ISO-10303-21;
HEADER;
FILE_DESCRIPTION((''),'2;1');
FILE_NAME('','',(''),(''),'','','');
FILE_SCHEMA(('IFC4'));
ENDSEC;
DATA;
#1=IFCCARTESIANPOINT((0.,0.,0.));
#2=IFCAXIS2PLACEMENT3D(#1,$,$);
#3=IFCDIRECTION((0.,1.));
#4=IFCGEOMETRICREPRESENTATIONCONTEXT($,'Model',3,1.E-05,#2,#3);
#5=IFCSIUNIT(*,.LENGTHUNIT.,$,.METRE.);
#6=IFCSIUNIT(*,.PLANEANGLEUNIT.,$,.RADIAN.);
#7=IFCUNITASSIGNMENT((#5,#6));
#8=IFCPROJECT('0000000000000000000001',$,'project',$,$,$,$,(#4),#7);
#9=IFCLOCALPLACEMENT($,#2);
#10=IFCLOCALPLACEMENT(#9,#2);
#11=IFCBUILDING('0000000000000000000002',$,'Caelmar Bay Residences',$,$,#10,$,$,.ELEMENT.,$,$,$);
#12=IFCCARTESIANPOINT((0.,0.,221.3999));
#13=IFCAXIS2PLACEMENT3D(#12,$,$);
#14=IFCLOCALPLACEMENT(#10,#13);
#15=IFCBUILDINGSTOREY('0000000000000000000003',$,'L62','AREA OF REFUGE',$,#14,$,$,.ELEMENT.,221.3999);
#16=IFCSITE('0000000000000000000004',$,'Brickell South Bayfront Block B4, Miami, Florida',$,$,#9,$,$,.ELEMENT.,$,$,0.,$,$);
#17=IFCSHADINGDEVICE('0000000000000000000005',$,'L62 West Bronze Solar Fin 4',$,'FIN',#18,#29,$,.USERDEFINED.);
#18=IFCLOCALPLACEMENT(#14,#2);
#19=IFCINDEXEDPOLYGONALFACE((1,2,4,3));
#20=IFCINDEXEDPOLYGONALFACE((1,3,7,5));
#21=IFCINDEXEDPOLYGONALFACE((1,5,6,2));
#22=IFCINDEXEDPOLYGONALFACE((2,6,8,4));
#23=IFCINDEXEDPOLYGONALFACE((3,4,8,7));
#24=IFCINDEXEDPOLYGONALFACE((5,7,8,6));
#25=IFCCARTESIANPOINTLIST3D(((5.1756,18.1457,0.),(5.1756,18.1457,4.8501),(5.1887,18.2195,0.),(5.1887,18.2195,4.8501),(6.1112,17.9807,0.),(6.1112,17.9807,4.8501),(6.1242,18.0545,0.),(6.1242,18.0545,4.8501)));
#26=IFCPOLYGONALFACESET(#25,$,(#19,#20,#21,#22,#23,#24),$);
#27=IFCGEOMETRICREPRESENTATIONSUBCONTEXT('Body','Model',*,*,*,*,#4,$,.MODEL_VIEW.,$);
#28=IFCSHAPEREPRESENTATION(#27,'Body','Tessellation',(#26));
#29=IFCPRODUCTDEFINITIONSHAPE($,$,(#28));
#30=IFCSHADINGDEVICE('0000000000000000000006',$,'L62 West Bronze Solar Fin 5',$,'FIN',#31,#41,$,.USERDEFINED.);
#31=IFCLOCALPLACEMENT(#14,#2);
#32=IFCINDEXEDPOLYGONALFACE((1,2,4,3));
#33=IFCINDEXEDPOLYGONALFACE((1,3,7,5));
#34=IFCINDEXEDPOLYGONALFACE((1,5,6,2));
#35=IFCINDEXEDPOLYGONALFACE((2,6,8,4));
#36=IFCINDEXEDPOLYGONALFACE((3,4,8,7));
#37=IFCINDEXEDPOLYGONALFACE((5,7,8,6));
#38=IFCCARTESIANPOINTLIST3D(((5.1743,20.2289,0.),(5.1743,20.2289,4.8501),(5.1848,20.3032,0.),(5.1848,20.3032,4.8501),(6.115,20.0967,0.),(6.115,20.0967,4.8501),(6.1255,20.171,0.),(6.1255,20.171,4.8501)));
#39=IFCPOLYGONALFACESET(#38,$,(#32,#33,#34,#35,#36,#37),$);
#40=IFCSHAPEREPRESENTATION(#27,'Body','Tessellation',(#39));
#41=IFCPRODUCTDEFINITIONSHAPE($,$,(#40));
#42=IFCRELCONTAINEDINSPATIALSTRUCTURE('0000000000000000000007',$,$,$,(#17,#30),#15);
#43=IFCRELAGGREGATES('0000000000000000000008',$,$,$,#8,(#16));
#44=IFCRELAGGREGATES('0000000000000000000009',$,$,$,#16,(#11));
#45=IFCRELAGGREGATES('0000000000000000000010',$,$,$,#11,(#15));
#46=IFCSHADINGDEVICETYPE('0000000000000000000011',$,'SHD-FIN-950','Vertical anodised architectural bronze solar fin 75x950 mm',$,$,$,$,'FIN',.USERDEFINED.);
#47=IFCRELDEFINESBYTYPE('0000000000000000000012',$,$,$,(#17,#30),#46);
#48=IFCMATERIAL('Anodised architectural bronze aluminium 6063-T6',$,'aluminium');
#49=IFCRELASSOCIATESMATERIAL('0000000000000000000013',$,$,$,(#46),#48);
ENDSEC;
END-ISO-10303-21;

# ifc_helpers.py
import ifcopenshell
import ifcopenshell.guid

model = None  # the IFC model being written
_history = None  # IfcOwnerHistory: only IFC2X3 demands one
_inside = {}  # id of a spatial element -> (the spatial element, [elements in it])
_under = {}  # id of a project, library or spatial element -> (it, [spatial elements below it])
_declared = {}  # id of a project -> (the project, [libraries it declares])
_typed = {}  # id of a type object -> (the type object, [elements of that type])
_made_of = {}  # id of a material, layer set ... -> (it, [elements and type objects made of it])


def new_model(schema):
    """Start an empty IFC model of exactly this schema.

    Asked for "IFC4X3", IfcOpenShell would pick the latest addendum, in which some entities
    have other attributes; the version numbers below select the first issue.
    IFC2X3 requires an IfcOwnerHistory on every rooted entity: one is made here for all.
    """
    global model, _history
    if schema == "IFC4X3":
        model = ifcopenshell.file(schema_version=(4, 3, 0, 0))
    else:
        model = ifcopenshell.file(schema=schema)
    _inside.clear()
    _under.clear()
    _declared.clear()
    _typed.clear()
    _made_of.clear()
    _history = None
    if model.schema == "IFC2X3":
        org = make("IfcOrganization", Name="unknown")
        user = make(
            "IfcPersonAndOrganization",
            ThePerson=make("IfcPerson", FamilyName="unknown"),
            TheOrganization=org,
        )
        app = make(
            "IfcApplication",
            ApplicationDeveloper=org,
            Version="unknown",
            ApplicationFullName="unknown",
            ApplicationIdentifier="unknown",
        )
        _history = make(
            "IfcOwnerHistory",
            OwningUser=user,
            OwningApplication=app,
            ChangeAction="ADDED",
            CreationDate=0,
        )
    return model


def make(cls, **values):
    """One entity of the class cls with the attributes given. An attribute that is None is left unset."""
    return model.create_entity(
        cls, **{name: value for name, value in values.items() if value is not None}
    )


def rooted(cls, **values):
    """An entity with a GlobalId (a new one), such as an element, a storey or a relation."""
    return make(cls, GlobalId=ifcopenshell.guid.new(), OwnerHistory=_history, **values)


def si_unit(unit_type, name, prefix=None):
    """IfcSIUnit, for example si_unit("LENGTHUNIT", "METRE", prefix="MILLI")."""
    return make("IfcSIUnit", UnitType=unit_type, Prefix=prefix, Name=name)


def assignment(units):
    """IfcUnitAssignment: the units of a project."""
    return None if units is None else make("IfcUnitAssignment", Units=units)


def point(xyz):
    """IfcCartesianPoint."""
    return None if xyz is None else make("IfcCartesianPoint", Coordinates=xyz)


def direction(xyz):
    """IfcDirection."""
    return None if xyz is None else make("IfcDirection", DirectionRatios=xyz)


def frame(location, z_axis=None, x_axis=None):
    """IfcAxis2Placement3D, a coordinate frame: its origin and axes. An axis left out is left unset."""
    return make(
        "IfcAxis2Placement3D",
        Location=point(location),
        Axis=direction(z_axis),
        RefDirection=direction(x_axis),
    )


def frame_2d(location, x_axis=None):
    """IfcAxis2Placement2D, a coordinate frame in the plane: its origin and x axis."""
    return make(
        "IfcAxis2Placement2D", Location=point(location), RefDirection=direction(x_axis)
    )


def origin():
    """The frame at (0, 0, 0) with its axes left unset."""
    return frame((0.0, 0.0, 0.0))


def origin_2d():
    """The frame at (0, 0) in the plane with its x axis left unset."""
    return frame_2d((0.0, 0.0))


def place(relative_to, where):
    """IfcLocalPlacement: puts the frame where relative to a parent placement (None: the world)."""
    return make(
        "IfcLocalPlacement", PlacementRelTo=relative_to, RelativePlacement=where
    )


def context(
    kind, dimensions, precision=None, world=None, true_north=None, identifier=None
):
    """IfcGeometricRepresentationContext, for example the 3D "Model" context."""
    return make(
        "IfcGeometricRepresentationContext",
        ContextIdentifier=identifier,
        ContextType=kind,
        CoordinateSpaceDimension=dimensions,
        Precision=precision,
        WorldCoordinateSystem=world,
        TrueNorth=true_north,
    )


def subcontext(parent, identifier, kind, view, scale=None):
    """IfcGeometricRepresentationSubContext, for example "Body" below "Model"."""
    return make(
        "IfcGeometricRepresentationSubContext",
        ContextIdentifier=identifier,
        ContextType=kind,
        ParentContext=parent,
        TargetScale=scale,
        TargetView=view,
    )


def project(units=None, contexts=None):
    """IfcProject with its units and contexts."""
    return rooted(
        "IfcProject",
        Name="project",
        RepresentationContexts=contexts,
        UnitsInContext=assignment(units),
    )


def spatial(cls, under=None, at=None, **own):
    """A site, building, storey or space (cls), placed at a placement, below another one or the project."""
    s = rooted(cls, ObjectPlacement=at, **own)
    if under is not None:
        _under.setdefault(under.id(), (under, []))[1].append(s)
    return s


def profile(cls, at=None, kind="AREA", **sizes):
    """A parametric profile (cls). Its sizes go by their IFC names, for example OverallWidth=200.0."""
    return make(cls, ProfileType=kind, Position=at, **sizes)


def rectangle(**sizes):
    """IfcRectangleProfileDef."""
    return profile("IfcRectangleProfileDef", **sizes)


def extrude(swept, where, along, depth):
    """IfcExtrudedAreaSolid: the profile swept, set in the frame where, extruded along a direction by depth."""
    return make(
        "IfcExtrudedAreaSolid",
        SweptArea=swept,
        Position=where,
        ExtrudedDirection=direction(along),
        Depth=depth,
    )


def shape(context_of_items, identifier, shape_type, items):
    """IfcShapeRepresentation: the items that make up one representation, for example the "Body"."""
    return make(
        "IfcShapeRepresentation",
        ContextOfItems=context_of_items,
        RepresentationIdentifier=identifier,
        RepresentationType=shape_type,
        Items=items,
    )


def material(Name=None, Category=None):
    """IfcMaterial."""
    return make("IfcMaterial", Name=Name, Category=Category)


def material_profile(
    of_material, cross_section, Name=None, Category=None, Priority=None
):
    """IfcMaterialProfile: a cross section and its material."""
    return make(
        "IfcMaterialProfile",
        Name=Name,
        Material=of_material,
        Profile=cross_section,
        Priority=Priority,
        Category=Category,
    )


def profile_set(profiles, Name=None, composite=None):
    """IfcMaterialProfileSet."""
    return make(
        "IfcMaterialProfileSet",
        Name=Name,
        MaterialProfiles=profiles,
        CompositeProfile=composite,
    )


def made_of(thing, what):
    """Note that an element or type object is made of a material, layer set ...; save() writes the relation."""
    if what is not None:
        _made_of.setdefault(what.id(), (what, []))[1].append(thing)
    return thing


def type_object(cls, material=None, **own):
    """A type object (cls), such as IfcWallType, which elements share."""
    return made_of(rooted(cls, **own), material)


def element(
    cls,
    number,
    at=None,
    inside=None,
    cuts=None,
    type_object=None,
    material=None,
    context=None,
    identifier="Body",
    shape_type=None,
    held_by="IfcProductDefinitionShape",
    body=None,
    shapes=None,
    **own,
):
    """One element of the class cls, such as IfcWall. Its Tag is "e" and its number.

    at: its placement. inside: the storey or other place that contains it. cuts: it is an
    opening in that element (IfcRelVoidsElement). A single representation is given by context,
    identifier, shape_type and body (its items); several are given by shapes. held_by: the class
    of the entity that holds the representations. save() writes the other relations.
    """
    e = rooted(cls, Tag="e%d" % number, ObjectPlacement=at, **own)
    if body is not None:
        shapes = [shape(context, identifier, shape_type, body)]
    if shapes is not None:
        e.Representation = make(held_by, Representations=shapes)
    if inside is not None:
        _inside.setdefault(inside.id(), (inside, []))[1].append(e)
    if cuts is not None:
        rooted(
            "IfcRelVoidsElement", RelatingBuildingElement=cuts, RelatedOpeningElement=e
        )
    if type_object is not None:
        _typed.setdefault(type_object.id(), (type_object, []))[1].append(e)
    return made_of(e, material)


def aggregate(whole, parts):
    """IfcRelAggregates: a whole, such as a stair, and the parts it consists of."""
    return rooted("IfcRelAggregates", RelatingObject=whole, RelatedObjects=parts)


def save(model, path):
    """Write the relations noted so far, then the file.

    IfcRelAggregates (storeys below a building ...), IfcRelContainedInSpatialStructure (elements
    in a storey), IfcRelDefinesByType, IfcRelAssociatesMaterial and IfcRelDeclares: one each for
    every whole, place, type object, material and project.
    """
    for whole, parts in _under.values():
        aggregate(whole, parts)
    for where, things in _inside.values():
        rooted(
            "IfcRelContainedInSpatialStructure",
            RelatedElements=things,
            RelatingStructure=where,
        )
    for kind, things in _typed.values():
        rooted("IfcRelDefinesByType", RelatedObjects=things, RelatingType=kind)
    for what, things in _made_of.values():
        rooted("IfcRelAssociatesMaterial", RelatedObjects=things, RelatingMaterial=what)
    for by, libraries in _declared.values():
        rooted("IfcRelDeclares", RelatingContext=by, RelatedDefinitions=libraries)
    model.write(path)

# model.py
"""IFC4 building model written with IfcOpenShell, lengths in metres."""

from ifc_helpers import new_model, si_unit, direction, frame, origin, origin_2d, place, context, subcontext, project, spatial, rectangle, extrude, material, material_profile, profile_set, type_object, element, save


model = new_model("IFC4")

# Units and contexts
model_context = context("Model", 3, precision=1e-05, world=origin(), true_north=direction((0.0, 1.0)))
body_context = subcontext(model_context, "Body", "Model", "MODEL_VIEW")
ifc_project = project(units=[si_unit("LENGTHUNIT", "METRE"), si_unit("PLANEANGLEUNIT", "RADIAN")], contexts=[model_context])

# Site, building, storey
site_placement = place(None, origin())
site = spatial("IfcSite", under=ifc_project, at=site_placement, Name="Brickell South Bayfront Block B4, Miami, Florida", CompositionType="ELEMENT", RefElevation=0.0)
building_placement = place(site_placement, origin())
building = spatial("IfcBuilding", under=site, at=building_placement, Name="Caelmar Bay Residences", CompositionType="ELEMENT")
storey_placement = place(building_placement, frame((0.0, 0.0, 221.3999)))
storey = spatial("IfcBuildingStorey", under=building, at=storey_placement, Name="L62", Description="AREA OF REFUGE", CompositionType="ELEMENT", Elevation=221.3999)

# Shading devices
ifc_material_1 = material(Name="Anodised architectural bronze aluminium 6063-T6", Category="aluminium")
ifc_material_profile_1 = material_profile(ifc_material_1, rectangle(XDim=0.075, YDim=0.95, at=origin_2d()), Name="BRONZE-FIN-75X950")
ifc_profile_set_1 = profile_set([ifc_material_profile_1], Name="Anodised architectural bronze aluminium 6063-T6")
shading_device_type = type_object("IfcShadingDeviceType", Name="SHD-FIN-950", Description="Vertical anodised architectural bronze solar fin 75x950 mm", ElementType="FIN", PredefinedType="USERDEFINED", material=ifc_profile_set_1)
for number, where, z_axis, x_axis, name in (
    (1, (5.6499, 18.1001, 0.0), (0.0, 0.0, 1.0), (0.173648, 0.984808, 0.0), "L62 West Bronze Solar Fin 4"),
    (2, (5.6499, 20.2, 0.0), (0.0, 0.0, 1.0), (0.139173, 0.990268, 0.0), "L62 West Bronze Solar Fin 5"),
):
    element("IfcShadingDevice", number, at=place(storey_placement, frame(where, z_axis=z_axis, x_axis=x_axis)), inside=storey, type_object=shading_device_type, Name=name, ObjectType="FIN", PredefinedType="USERDEFINED", context=body_context, shape_type="SweptSolid", body=[
        extrude(rectangle(XDim=0.075, YDim=0.95, at=origin_2d()), origin(), (0.0, 0.0, 1.0), 4.8501),
    ])

save(model, "model.ifc")
